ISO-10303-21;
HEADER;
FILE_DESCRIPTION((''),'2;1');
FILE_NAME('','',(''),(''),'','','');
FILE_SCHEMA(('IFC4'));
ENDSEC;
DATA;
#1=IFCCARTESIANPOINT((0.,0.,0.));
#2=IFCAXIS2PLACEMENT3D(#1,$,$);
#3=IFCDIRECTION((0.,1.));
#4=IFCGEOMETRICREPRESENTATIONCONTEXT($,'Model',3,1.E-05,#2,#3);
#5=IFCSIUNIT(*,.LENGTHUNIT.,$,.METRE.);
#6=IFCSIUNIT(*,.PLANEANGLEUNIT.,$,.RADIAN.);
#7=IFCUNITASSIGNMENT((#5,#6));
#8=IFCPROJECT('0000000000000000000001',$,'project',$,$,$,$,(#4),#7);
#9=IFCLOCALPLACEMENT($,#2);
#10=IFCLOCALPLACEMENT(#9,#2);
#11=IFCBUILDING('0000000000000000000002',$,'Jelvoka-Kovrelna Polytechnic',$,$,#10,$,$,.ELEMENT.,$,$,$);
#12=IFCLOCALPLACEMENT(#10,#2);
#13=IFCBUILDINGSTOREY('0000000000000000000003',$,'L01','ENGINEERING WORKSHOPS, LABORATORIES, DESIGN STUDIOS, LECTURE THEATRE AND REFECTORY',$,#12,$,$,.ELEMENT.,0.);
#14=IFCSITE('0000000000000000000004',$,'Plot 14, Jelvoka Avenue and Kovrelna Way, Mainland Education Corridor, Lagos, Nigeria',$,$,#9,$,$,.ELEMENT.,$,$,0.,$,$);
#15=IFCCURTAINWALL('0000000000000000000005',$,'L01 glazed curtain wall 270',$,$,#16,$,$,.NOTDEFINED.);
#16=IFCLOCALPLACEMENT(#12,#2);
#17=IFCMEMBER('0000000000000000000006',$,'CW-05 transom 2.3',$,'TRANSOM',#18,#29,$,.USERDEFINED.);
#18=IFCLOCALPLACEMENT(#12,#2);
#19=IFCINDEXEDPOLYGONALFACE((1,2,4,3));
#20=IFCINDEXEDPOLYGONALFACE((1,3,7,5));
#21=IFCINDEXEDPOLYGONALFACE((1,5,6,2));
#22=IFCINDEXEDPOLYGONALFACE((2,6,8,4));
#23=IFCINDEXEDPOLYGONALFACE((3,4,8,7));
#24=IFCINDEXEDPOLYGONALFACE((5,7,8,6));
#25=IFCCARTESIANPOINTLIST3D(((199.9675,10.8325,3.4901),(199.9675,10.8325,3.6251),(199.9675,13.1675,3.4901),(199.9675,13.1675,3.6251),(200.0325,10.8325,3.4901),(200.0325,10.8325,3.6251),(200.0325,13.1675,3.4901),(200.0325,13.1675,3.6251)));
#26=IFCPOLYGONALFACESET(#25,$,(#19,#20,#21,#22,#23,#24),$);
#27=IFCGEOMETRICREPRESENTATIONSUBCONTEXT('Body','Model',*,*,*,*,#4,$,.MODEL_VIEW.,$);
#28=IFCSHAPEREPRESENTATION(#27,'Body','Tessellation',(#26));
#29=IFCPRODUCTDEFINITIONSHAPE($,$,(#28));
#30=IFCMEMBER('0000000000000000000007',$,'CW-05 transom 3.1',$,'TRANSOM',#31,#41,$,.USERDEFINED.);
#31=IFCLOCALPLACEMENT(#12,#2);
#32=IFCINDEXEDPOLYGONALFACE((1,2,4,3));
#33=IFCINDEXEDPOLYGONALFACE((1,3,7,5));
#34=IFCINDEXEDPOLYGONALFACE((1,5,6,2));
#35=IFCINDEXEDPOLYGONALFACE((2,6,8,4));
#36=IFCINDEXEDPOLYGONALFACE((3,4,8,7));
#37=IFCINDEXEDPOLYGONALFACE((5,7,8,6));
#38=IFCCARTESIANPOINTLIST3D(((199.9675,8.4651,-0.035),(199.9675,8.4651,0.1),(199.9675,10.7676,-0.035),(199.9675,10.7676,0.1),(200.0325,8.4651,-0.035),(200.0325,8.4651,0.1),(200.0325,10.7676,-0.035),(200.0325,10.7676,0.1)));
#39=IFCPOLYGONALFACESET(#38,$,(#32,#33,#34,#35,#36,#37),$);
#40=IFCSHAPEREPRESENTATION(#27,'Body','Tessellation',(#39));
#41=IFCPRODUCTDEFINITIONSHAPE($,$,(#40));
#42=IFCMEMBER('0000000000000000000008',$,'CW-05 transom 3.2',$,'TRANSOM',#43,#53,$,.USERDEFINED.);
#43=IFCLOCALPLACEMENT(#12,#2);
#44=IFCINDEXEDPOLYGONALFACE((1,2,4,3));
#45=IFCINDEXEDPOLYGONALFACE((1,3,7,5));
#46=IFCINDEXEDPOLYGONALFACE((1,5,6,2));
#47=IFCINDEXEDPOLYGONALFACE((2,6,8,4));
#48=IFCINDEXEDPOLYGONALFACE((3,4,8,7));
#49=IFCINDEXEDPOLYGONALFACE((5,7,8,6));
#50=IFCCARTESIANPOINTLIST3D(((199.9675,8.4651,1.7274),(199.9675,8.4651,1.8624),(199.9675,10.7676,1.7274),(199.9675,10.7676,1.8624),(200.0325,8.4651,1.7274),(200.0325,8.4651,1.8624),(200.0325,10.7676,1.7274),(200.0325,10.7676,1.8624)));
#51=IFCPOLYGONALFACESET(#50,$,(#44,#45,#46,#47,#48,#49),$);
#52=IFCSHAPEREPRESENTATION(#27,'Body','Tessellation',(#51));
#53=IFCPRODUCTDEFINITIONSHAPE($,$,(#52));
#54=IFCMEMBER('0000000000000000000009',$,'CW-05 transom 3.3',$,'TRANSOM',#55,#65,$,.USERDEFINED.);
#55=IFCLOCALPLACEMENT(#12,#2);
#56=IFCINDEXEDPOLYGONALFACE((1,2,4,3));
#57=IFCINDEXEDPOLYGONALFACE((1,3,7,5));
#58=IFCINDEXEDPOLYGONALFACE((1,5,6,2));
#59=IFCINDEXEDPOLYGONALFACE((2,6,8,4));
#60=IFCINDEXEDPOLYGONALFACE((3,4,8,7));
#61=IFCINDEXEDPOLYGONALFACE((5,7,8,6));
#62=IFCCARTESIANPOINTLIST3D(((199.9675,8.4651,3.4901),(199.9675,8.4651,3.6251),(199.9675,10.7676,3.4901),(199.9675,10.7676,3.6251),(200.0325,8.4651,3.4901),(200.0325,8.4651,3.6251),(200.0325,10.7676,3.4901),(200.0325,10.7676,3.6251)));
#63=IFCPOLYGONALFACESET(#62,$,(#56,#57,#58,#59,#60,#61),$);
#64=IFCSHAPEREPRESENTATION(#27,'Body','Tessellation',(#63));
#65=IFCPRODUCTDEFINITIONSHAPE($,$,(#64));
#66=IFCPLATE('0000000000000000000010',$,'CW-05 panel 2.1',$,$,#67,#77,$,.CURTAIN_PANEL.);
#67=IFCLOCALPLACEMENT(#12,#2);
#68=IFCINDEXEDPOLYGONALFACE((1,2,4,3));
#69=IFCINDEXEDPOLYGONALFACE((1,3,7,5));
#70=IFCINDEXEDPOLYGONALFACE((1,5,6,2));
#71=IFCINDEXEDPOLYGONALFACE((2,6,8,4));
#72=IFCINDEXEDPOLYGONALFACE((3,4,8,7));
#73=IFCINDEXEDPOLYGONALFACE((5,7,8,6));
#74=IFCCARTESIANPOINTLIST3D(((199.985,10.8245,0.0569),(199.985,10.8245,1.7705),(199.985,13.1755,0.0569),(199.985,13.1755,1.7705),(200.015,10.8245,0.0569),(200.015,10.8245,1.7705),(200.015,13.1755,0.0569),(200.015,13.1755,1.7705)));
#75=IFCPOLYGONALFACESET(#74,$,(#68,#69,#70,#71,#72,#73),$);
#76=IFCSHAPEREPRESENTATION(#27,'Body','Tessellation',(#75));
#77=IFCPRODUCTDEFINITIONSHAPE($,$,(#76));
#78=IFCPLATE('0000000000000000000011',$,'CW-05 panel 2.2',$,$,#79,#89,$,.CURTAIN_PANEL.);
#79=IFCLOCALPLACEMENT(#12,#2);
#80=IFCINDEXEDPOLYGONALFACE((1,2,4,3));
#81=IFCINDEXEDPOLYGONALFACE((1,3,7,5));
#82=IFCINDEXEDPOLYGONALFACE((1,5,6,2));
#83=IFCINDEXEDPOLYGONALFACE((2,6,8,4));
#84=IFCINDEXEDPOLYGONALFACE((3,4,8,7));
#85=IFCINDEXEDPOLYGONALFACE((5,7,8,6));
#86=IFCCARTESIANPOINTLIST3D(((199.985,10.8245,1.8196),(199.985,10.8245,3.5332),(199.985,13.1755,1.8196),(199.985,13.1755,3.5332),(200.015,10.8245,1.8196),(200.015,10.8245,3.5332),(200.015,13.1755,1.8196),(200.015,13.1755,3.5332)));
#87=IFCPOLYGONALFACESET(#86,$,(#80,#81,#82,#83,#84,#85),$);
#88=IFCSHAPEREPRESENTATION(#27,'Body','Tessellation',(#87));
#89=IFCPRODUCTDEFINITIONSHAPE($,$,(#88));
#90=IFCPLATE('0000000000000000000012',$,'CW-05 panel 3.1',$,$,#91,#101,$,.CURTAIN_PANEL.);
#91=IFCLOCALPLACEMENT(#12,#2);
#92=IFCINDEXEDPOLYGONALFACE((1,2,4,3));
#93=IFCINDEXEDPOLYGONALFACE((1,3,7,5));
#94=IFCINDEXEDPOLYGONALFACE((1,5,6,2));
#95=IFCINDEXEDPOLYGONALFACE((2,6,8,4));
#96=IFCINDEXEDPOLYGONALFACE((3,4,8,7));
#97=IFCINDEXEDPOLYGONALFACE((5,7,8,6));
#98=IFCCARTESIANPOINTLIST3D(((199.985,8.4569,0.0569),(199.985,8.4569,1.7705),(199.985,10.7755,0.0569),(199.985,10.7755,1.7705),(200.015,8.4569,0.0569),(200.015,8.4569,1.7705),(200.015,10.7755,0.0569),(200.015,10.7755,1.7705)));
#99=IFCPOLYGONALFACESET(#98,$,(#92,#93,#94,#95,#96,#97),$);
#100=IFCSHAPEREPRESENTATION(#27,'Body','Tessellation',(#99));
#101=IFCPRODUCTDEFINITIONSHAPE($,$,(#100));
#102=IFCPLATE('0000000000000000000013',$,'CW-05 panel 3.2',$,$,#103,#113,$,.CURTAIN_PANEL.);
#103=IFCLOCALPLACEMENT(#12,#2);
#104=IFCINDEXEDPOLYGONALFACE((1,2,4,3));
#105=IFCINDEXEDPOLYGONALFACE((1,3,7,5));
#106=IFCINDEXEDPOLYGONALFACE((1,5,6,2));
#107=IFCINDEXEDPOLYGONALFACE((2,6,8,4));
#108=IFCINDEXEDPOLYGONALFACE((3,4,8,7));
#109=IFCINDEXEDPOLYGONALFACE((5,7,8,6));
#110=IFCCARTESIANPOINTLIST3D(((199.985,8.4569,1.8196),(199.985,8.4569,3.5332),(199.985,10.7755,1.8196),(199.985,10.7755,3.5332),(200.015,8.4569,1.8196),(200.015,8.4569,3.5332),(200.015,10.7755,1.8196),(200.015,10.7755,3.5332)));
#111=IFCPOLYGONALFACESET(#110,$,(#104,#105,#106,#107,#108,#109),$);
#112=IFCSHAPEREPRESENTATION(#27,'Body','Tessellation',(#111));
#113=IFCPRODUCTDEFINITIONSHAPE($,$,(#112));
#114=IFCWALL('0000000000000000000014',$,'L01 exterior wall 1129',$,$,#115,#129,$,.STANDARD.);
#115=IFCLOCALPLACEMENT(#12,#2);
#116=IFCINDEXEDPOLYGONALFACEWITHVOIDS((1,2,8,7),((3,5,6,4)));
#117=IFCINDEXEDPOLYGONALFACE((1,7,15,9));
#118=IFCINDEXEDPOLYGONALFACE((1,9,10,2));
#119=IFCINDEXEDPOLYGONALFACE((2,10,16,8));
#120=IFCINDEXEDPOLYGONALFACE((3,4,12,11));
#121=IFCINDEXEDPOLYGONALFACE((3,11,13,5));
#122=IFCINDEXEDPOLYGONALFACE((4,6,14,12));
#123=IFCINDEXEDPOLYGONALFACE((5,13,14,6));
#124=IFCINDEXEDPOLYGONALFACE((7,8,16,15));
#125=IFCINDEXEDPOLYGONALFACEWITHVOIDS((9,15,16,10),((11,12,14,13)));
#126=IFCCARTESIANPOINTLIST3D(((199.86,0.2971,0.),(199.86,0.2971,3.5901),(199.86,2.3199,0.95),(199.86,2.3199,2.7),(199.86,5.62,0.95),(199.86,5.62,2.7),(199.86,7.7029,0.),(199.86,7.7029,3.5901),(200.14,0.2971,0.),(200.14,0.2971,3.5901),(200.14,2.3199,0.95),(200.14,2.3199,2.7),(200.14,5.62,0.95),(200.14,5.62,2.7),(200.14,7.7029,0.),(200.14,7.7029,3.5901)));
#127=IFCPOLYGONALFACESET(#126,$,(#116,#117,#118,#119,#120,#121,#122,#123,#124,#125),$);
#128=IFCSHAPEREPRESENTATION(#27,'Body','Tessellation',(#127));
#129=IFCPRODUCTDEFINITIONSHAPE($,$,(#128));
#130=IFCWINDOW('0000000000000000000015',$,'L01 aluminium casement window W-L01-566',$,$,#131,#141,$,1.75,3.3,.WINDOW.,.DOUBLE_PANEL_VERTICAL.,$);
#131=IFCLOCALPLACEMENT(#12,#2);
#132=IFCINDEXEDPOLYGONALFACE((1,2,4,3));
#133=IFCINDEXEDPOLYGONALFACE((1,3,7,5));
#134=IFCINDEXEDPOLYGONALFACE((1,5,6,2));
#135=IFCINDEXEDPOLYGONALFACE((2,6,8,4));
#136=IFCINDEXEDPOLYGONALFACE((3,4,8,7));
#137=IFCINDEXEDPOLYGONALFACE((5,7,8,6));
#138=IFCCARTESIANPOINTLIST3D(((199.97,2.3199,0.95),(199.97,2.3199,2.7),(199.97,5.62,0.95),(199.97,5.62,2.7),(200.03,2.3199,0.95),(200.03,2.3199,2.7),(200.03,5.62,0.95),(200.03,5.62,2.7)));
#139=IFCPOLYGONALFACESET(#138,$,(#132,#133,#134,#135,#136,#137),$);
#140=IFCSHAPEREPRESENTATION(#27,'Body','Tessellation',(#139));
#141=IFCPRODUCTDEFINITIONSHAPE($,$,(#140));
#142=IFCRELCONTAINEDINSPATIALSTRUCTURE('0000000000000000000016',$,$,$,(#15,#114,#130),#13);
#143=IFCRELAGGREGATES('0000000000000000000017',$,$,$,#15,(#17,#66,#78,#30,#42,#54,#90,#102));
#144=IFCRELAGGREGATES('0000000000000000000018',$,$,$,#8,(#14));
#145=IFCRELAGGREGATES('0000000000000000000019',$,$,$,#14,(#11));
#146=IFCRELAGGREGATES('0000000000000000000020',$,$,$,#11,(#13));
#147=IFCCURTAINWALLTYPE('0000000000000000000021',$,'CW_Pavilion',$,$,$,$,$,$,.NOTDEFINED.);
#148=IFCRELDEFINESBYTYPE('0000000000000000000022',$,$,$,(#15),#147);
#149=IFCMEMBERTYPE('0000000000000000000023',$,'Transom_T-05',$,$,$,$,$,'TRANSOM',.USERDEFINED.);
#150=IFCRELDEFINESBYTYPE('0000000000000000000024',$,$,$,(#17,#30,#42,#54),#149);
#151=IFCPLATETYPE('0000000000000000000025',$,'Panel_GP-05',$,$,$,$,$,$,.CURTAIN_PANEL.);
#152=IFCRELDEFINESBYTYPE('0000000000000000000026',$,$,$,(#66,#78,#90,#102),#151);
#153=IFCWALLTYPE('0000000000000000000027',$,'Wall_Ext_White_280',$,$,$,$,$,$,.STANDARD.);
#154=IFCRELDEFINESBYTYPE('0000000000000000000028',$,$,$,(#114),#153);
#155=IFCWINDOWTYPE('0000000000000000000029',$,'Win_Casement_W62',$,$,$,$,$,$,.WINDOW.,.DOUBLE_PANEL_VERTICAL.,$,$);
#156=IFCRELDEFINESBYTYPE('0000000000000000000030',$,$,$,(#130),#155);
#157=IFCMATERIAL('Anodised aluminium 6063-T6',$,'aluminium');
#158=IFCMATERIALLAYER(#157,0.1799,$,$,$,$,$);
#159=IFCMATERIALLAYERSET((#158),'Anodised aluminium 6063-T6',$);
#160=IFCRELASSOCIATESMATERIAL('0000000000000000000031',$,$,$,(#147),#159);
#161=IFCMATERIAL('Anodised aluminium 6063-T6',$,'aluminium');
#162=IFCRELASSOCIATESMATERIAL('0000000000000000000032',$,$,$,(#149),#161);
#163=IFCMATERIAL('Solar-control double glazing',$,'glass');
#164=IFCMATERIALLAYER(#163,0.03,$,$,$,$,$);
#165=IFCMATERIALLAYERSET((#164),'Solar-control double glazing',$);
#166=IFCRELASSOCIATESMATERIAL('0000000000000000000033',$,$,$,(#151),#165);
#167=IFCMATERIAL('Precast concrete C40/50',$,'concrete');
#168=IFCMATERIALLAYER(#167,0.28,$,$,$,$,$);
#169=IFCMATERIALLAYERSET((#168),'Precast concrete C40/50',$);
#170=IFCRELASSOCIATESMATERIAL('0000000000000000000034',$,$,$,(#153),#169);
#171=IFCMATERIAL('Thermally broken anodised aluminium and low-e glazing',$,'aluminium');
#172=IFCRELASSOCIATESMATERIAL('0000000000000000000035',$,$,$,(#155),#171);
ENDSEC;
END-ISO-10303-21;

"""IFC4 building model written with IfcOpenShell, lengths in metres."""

from ifc_helpers import new_model, si_unit, direction, frame, frame_2d, origin, origin_2d, place, context, subcontext, project, spatial, rectangle, extrude, material, layer, layer_set, material_profile, profile_set, type_object, element, fill, aggregate, save


model = new_model("IFC4")

# Units and contexts
model_context = context("Model", 3, precision=1e-05, world=origin(), true_north=direction((0.0, 1.0)))
body_context = subcontext(model_context, "Body", "Model", "MODEL_VIEW")
ifc_project = project(units=[si_unit("LENGTHUNIT", "METRE"), si_unit("PLANEANGLEUNIT", "RADIAN")], contexts=[model_context])

# Site, building, storey
site_placement = place(None, origin())
site = spatial("IfcSite", under=ifc_project, at=site_placement, Name="Plot 14, Jelvoka Avenue and Kovrelna Way, Mainland Education Corridor, Lagos, Nigeria", CompositionType="ELEMENT", RefElevation=0.0)
building_placement = place(site_placement, origin())
building = spatial("IfcBuilding", under=site, at=building_placement, Name="Jelvoka-Kovrelna Polytechnic", CompositionType="ELEMENT")
storey_placement = place(building_placement, origin())
storey = spatial("IfcBuildingStorey", under=building, at=storey_placement, Name="L01", Description="ENGINEERING WORKSHOPS, LABORATORIES, DESIGN STUDIOS, LECTURE THEATRE AND REFECTORY", CompositionType="ELEMENT", Elevation=0.0)

# Curtain wall, members, plates
ifc_material_1 = material(Name="Anodised aluminium 6063-T6", Category="aluminium")
ifc_layer_1 = layer(ifc_material_1, 0.1799)
ifc_layer_set_1 = layer_set([ifc_layer_1], Name="Anodised aluminium 6063-T6")
curtain_wall_type = type_object("IfcCurtainWallType", Name="CW_Pavilion", PredefinedType="NOTDEFINED", material=ifc_layer_set_1)
curtain_wall_placement = place(storey_placement, origin())
curtain_wall = element("IfcCurtainWall", 1, at=curtain_wall_placement, inside=storey, type_object=curtain_wall_type, Name="L01 glazed curtain wall 270", PredefinedType="NOTDEFINED")
ifc_material_2 = material(Name="Anodised aluminium 6063-T6", Category="aluminium")
ifc_material_profile_1 = material_profile(ifc_material_2, rectangle(XDim=0.0649, YDim=0.135, at=origin_2d()), Name="ALU 65x135")
ifc_profile_set_1 = profile_set([ifc_material_profile_1], Name="Anodised aluminium 6063-T6")
member_type_1 = type_object("IfcMemberType", Name="Transom_T-05", ElementType="TRANSOM", PredefinedType="USERDEFINED", material=ifc_profile_set_1)
member_1_placement = place(storey_placement, frame((200.0, 13.1675, 3.5576), z_axis=(0.0, -1.0, 0.0), x_axis=(1.0, 0.0, 0.0)))
member_1 = element("IfcMember", 2, at=member_1_placement, type_object=member_type_1, Name="CW-05 transom 2.3", ObjectType="TRANSOM", PredefinedType="USERDEFINED", context=body_context, shape_type="SweptSolid", body=[
    extrude(rectangle(XDim=0.0649, YDim=0.135, at=origin_2d()), origin(), (0.0, 0.0, 1.0), 2.335),
])
member_2_placement = place(storey_placement, frame((200.0, 10.7676, 0.0325), z_axis=(0.0, -1.0, 0.0), x_axis=(1.0, 0.0, 0.0)))
member_2 = element("IfcMember", 3, at=member_2_placement, type_object=member_type_1, Name="CW-05 transom 3.1", ObjectType="TRANSOM", PredefinedType="USERDEFINED", context=body_context, shape_type="SweptSolid", body=[
    extrude(rectangle(XDim=0.0649, YDim=0.135, at=origin_2d()), origin(), (0.0, 0.0, 1.0), 2.3025),
])
member_3_placement = place(storey_placement, frame((200.0, 10.7676, 1.7949), z_axis=(0.0, -1.0, 0.0), x_axis=(1.0, 0.0, 0.0)))
member_3 = element("IfcMember", 4, at=member_3_placement, type_object=member_type_1, Name="CW-05 transom 3.2", ObjectType="TRANSOM", PredefinedType="USERDEFINED", context=body_context, shape_type="SweptSolid", body=[
    extrude(rectangle(XDim=0.0649, YDim=0.135, at=origin_2d()), origin(), (0.0, 0.0, 1.0), 2.3025),
])
member_4_placement = place(storey_placement, frame((200.0, 10.7676, 3.5576), z_axis=(0.0, -1.0, 0.0), x_axis=(1.0, 0.0, 0.0)))
member_4 = element("IfcMember", 5, at=member_4_placement, type_object=member_type_1, Name="CW-05 transom 3.3", ObjectType="TRANSOM", PredefinedType="USERDEFINED", context=body_context, shape_type="SweptSolid", body=[
    extrude(rectangle(XDim=0.0649, YDim=0.135, at=origin_2d()), origin(), (0.0, 0.0, 1.0), 2.3025),
])
ifc_material_3 = material(Name="Solar-control double glazing", Category="glass")
ifc_layer_2 = layer(ifc_material_3, 0.03)
ifc_layer_set_2 = layer_set([ifc_layer_2], Name="Solar-control double glazing")
plate_type = type_object("IfcPlateType", Name="Panel_GP-05", PredefinedType="CURTAIN_PANEL", material=ifc_layer_set_2)
plate_1_placement = place(storey_placement, frame((200.0, 12.0, 0.0569), z_axis=(0.0, 0.0, 1.0), x_axis=(0.0, -1.0, 0.0)))
plate_1 = element("IfcPlate", 6, at=plate_1_placement, type_object=plate_type, Name="CW-05 panel 2.1", PredefinedType="CURTAIN_PANEL", context=body_context, shape_type="SweptSolid", body=[
    extrude(rectangle(XDim=2.3511, YDim=0.03, at=origin_2d()), origin(), (0.0, 0.0, 1.0), 1.7136),
])
plate_2_placement = place(storey_placement, frame((200.0, 12.0, 1.8196), z_axis=(0.0, 0.0, 1.0), x_axis=(0.0, -1.0, 0.0)))
plate_2 = element("IfcPlate", 7, at=plate_2_placement, type_object=plate_type, Name="CW-05 panel 2.2", PredefinedType="CURTAIN_PANEL", context=body_context, shape_type="SweptSolid", body=[
    extrude(rectangle(XDim=2.3511, YDim=0.03, at=origin_2d()), origin(), (0.0, 0.0, 1.0), 1.7136),
])
plate_3_placement = place(storey_placement, frame((200.0, 9.6162, 0.0569), z_axis=(0.0, 0.0, 1.0), x_axis=(0.0, -1.0, 0.0)))
plate_3 = element("IfcPlate", 8, at=plate_3_placement, type_object=plate_type, Name="CW-05 panel 3.1", PredefinedType="CURTAIN_PANEL", context=body_context, shape_type="SweptSolid", body=[
    extrude(rectangle(XDim=2.3186, YDim=0.03, at=origin_2d()), origin(), (0.0, 0.0, 1.0), 1.7136),
])
plate_4_placement = place(storey_placement, frame((200.0, 9.6162, 1.8196), z_axis=(0.0, 0.0, 1.0), x_axis=(0.0, -1.0, 0.0)))
plate_4 = element("IfcPlate", 9, at=plate_4_placement, type_object=plate_type, Name="CW-05 panel 3.2", PredefinedType="CURTAIN_PANEL", context=body_context, shape_type="SweptSolid", body=[
    extrude(rectangle(XDim=2.3186, YDim=0.03, at=origin_2d()), origin(), (0.0, 0.0, 1.0), 1.7136),
])
aggregate(curtain_wall, [member_1, plate_1, plate_2, member_2, member_3, member_4, plate_3, plate_4])

# Wall, opening, window
ifc_material_4 = material(Name="Precast concrete C40/50", Category="concrete")
ifc_layer_3 = layer(ifc_material_4, 0.28)
ifc_layer_set_3 = layer_set([ifc_layer_3], Name="Precast concrete C40/50")
wall_type = type_object("IfcWallType", Name="Wall_Ext_White_280", PredefinedType="STANDARD", material=ifc_layer_set_3)
wall_placement = place(storey_placement, frame((200.0, 7.7029, 0.0), z_axis=(0.0, 0.0, 1.0), x_axis=(0.0, -1.0, 0.0)))
wall = element("IfcWall", 10, at=wall_placement, inside=storey, type_object=wall_type, Name="L01 exterior wall 1129", PredefinedType="STANDARD", context=body_context, shape_type="SweptSolid", body=[
    extrude(rectangle(XDim=7.4058, YDim=0.28, at=frame_2d((3.7029, 0.0))), origin(), (0.0, 0.0, 1.0), 3.5901),
])
opening_placement = place(wall_placement, frame((2.083, 0.0, 0.95)))
opening = element("IfcOpeningElement", 11, at=opening_placement, cuts=wall, PredefinedType="OPENING", context=body_context, shape_type="SweptSolid", body=[
    extrude(rectangle(XDim=3.3, YDim=1.75, at=frame_2d((1.6499, 0.875))), frame((0.0, 0.1501, 0.0), z_axis=(0.0, -1.0, 0.0), x_axis=(1.0, 0.0, 0.0)), (0.0, 0.0, 1.0), 0.3),
])
ifc_material_5 = material(Name="Thermally broken anodised aluminium and low-e glazing", Category="aluminium")
window_type = type_object("IfcWindowType", Name="Win_Casement_W62", PartitioningType="DOUBLE_PANEL_VERTICAL", PredefinedType="WINDOW", material=ifc_material_5)
window_placement = place(opening_placement, origin())
window = element("IfcWindow", 12, at=window_placement, inside=storey, type_object=window_type, Name="L01 aluminium casement window W-L01-566", OverallHeight=1.75, OverallWidth=3.3, PartitioningType="DOUBLE_PANEL_VERTICAL", PredefinedType="WINDOW", context=body_context, shape_type="SweptSolid", body=[
    extrude(rectangle(XDim=3.3, YDim=1.75, at=frame_2d((1.6499, 0.875))), frame((0.0, 0.03, 0.0), z_axis=(0.0, -1.0, 0.0), x_axis=(1.0, 0.0, 0.0)), (0.0, 0.0, 1.0), 0.0601),
])
fill(opening, window)

save(model, "model.ifc")
